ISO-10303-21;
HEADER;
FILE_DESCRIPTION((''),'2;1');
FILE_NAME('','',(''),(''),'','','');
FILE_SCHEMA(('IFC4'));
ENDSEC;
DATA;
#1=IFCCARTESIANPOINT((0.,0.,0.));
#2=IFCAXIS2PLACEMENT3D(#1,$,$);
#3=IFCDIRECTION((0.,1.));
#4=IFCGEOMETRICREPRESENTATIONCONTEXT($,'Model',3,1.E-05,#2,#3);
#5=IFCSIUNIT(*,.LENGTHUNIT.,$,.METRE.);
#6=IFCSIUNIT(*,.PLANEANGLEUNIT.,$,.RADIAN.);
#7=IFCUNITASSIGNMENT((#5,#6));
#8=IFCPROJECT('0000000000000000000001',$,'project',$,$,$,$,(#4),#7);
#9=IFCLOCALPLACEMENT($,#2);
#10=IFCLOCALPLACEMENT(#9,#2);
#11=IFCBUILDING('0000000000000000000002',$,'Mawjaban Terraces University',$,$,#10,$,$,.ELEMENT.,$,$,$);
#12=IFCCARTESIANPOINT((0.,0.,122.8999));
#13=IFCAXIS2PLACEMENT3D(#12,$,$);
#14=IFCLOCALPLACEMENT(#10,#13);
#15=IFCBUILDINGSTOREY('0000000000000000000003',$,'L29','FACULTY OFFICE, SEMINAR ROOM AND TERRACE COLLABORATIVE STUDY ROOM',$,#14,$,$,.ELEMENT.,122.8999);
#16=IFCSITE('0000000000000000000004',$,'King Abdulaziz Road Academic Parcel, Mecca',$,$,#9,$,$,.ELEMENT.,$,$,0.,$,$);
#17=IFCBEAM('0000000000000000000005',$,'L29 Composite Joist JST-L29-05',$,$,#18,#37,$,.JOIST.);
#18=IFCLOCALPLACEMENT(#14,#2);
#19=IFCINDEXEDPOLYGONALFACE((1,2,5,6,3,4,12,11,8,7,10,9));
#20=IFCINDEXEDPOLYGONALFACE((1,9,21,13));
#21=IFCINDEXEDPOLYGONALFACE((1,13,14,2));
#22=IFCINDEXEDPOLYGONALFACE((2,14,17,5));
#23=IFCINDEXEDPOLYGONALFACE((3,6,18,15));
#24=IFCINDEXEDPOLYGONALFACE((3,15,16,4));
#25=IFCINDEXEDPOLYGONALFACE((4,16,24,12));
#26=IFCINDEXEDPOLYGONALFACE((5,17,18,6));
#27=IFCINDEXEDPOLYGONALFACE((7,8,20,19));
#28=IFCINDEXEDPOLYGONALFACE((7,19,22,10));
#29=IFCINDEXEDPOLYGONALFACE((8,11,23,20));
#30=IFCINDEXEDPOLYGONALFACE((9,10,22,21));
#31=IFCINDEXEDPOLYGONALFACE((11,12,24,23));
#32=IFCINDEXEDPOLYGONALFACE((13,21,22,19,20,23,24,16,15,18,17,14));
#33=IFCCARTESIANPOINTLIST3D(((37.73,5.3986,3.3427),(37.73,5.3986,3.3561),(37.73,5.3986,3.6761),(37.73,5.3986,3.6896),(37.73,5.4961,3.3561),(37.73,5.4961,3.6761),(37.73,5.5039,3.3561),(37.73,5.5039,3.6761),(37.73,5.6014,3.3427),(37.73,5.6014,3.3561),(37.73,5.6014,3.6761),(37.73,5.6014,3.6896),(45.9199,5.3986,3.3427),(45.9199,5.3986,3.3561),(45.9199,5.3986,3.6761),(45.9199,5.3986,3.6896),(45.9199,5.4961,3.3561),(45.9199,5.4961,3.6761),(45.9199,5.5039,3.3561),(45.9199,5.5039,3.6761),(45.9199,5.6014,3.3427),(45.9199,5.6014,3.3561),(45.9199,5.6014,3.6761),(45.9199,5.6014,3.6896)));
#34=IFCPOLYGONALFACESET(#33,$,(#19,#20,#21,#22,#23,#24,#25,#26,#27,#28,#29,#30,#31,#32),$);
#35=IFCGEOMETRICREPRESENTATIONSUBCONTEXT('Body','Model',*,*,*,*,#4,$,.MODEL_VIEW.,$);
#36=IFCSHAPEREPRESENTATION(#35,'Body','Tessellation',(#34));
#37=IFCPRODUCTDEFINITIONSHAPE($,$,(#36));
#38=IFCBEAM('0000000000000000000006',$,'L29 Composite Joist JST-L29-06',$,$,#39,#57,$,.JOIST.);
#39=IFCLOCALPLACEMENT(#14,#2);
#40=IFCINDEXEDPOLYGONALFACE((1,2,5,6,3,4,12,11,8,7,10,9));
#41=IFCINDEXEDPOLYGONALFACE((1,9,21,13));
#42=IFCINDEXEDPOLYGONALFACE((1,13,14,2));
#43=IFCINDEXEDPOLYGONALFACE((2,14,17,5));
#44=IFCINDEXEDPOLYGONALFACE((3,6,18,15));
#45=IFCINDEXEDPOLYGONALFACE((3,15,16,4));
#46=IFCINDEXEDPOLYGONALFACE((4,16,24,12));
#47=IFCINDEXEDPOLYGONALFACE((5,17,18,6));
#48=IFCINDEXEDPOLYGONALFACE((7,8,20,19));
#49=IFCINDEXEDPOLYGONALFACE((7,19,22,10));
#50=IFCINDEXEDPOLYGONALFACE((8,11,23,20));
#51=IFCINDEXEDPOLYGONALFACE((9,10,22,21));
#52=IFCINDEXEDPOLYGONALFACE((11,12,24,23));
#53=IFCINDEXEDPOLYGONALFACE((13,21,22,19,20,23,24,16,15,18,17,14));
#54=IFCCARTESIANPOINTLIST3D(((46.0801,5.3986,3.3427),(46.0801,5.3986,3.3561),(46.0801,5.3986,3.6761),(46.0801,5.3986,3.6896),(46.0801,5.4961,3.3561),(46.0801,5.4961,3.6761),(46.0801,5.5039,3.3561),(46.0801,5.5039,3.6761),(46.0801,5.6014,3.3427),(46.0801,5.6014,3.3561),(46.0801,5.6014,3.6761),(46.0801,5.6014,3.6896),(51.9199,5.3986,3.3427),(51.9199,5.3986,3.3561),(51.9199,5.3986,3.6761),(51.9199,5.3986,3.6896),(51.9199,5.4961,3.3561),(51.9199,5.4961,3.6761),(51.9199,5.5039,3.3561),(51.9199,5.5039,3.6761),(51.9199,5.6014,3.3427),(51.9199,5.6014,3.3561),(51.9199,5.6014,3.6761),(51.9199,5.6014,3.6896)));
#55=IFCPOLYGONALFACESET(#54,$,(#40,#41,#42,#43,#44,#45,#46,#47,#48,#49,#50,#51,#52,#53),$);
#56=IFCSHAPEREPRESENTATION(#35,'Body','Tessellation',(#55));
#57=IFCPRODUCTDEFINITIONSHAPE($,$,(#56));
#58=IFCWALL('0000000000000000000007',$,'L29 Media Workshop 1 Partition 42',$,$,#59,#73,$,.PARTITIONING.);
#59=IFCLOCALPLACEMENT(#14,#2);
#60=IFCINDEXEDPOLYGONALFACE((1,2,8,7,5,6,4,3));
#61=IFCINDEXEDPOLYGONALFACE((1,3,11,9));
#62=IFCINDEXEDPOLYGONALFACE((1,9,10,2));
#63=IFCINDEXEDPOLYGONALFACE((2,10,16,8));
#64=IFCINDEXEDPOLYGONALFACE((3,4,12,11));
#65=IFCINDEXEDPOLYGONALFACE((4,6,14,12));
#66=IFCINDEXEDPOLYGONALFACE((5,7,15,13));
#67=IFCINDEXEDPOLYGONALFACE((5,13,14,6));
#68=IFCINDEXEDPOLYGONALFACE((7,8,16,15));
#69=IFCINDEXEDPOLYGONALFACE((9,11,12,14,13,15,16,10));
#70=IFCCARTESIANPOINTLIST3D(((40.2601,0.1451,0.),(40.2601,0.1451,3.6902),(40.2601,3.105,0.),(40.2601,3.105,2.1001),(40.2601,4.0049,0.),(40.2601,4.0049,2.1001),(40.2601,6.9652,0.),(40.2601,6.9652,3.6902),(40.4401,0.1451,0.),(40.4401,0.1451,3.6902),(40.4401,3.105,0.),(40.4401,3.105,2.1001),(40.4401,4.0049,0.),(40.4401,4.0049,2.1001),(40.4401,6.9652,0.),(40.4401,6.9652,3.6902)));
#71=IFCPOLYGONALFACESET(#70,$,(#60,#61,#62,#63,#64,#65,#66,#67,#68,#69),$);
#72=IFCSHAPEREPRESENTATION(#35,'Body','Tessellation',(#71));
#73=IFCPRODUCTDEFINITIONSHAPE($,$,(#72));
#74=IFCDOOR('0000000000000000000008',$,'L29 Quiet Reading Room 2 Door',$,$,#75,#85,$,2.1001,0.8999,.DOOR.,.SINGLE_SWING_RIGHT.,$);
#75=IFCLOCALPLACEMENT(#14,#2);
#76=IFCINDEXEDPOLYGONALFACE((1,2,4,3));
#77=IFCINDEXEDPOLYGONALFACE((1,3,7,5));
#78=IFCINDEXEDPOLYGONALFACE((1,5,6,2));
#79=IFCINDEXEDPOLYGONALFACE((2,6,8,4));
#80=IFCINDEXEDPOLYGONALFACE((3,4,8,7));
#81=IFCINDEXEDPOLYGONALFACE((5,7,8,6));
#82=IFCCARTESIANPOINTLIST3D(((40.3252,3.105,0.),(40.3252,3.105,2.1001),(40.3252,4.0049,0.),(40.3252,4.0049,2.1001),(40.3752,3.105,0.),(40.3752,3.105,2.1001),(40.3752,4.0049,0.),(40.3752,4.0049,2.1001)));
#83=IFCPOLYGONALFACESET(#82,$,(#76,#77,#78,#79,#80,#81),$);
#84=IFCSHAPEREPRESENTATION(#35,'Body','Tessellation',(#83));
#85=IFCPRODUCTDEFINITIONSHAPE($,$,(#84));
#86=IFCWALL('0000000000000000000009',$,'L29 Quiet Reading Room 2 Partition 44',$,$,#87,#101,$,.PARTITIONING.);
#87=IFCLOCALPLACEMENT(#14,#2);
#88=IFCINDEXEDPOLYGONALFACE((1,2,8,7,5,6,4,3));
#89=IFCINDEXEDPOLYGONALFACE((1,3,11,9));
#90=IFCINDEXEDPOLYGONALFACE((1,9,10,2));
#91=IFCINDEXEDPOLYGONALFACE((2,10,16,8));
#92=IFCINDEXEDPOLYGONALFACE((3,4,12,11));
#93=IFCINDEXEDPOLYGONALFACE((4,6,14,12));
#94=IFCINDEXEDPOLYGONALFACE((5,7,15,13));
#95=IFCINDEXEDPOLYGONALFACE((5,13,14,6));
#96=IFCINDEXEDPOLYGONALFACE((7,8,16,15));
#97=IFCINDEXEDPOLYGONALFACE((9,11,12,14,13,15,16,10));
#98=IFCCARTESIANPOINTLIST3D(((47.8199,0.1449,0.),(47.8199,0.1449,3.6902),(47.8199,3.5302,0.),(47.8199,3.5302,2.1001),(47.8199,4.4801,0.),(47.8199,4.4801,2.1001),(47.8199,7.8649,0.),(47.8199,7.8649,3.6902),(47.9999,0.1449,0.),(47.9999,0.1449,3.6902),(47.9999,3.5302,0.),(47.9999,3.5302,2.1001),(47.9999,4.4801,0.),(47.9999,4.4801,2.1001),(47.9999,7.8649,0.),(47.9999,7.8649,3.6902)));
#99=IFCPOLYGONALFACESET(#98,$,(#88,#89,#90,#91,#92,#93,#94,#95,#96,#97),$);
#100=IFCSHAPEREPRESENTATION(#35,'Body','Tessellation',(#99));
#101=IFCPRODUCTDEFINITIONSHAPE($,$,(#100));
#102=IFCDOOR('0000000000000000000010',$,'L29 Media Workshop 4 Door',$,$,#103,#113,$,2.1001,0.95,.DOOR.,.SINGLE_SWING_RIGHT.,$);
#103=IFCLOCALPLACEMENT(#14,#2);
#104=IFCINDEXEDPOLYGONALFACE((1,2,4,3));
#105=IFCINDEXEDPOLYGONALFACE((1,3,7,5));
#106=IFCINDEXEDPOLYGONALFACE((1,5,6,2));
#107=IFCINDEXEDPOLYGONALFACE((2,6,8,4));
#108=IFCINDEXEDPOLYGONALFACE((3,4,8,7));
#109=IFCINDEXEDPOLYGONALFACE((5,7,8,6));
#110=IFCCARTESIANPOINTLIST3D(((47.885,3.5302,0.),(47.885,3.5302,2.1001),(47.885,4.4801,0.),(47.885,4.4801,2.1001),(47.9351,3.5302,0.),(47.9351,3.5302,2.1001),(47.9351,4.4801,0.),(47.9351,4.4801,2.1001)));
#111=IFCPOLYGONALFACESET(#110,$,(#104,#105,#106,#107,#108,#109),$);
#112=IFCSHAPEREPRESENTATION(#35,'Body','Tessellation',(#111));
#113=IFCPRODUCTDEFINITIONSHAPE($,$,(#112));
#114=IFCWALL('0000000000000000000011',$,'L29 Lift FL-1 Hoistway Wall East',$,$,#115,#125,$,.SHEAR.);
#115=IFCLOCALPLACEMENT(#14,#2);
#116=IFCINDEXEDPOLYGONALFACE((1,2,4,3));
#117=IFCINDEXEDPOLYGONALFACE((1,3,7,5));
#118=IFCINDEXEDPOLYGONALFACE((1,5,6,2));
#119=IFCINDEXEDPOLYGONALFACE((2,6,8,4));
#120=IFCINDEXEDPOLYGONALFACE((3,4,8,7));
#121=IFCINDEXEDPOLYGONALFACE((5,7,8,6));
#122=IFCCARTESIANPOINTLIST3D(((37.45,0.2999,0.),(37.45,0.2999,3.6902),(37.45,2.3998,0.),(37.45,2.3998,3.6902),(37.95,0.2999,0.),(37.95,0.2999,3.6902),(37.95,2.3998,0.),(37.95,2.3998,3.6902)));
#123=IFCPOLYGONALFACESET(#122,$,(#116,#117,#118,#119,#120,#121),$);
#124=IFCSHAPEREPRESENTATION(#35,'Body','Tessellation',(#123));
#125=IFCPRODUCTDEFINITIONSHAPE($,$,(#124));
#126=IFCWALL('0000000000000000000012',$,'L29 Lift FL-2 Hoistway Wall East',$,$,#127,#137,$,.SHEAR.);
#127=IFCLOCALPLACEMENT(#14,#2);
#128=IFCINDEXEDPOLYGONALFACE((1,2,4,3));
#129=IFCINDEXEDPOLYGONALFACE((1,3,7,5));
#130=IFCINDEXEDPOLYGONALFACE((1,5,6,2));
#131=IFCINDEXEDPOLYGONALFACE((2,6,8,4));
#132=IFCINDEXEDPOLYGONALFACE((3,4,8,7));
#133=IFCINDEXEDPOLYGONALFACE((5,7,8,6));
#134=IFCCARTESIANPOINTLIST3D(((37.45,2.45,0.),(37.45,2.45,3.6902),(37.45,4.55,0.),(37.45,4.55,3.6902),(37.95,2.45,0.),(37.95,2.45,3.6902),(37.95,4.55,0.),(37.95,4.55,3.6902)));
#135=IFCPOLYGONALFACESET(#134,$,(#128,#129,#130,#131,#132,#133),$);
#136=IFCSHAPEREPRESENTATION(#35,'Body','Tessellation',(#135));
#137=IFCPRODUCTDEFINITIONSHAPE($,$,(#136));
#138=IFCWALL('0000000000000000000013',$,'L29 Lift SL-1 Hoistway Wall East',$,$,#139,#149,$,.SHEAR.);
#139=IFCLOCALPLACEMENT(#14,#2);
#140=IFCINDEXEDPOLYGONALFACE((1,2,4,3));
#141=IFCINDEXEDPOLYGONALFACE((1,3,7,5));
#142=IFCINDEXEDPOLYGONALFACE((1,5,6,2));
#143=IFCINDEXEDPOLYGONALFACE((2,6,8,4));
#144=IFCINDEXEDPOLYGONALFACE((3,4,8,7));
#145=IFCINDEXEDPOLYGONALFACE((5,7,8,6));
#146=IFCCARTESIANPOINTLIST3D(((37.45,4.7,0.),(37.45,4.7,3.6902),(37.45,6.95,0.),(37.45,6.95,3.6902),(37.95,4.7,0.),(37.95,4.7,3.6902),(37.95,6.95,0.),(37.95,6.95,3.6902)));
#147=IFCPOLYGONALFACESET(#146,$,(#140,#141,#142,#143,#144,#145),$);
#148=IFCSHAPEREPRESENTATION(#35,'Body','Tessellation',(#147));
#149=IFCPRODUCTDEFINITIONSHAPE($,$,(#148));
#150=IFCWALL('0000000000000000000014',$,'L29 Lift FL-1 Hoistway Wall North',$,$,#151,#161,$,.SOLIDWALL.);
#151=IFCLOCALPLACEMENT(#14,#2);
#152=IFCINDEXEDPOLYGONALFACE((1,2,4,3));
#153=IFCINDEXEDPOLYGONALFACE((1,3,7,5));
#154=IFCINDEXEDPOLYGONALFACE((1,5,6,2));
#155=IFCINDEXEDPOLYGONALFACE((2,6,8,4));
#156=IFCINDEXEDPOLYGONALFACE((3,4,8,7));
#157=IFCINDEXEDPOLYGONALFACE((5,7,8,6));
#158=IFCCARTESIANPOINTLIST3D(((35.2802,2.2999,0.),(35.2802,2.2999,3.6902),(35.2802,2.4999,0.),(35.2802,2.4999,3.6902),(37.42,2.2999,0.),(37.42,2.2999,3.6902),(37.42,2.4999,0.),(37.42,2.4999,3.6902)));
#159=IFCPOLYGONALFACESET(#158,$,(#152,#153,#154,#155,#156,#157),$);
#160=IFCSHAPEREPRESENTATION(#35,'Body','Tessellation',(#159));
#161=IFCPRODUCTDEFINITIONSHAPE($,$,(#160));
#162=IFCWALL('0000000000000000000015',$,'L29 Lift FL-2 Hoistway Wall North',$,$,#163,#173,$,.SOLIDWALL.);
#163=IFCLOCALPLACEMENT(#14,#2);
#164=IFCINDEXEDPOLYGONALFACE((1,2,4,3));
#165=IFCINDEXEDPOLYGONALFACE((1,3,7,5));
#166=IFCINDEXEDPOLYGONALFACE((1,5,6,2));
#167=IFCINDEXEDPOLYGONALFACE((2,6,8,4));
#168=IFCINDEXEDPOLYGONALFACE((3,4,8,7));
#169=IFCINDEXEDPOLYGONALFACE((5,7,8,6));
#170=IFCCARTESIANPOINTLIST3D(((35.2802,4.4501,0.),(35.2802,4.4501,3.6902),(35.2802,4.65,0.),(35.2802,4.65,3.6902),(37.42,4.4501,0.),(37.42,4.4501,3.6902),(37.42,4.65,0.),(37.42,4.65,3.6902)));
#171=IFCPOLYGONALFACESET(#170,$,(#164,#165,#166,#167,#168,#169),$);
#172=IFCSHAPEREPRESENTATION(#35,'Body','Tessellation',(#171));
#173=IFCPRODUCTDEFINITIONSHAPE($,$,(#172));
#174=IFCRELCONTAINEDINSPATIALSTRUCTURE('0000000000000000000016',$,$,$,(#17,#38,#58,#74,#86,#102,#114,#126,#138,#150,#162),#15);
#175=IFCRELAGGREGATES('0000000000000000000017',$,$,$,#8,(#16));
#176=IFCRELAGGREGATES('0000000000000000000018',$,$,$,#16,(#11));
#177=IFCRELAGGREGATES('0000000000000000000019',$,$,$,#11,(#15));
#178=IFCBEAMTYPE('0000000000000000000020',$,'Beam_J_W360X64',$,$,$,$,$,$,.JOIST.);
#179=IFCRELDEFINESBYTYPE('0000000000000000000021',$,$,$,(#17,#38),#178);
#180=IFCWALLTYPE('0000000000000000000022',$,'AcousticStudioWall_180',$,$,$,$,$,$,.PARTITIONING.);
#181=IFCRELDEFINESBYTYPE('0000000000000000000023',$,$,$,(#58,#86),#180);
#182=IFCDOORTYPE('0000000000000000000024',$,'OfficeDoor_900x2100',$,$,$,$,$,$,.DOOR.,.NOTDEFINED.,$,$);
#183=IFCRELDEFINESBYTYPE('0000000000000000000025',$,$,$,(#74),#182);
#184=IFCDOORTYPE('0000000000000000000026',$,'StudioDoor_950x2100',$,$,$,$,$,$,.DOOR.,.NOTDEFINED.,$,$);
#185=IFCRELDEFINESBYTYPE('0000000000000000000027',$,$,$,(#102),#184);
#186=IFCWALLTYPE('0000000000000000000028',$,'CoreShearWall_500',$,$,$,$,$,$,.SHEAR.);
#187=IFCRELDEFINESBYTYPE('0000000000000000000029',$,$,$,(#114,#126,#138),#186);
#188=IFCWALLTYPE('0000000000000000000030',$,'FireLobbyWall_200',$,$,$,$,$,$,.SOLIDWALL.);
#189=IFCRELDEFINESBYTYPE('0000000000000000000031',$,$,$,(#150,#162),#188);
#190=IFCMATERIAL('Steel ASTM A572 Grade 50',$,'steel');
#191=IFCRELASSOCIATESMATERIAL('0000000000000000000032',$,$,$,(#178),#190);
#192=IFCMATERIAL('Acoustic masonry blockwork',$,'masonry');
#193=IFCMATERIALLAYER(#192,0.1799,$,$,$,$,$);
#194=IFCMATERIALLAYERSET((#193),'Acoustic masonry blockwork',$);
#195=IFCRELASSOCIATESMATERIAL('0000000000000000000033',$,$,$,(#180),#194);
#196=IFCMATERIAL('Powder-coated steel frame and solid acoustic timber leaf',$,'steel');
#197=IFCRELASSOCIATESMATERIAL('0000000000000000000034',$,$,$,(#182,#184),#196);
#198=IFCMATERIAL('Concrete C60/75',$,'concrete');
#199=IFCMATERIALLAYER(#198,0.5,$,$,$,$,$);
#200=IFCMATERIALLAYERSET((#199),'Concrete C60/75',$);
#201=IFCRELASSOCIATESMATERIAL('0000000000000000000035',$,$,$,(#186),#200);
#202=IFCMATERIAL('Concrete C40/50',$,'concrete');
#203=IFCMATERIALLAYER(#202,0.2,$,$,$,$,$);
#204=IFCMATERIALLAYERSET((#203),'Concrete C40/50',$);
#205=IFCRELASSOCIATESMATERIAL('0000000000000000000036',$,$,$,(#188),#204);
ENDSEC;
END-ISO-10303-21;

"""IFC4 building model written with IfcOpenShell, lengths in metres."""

from ifc_helpers import new_model, si_unit, direction, frame, frame_2d, origin, origin_2d, place, context, subcontext, project, spatial, rectangle, i_section, extrude, material, layer, layer_set, material_profile, profile_set, type_object, element, fill, save


model = new_model("IFC4")

# Units and contexts
model_context = context("Model", 3, precision=1e-05, world=origin(), true_north=direction((0.0, 1.0)))
body_context = subcontext(model_context, "Body", "Model", "MODEL_VIEW")
ifc_project = project(units=[si_unit("LENGTHUNIT", "METRE"), si_unit("PLANEANGLEUNIT", "RADIAN")], contexts=[model_context])

# Site, building, storey
site_placement = place(None, origin())
site = spatial("IfcSite", under=ifc_project, at=site_placement, Name="King Abdulaziz Road Academic Parcel, Mecca", CompositionType="ELEMENT", RefElevation=0.0)
building_placement = place(site_placement, origin())
building = spatial("IfcBuilding", under=site, at=building_placement, Name="Mawjaban Terraces University", CompositionType="ELEMENT")
storey_placement = place(building_placement, frame((0.0, 0.0, 122.8999)))
storey = spatial("IfcBuildingStorey", under=building, at=storey_placement, Name="L29", Description="FACULTY OFFICE, SEMINAR ROOM AND TERRACE COLLABORATIVE STUDY ROOM", CompositionType="ELEMENT", Elevation=122.8999)

# Shared definitions
ifc_material_1 = material(Name="Concrete C60/75", Category="concrete")

# Beams
ifc_material_2 = material(Name="Steel ASTM A572 Grade 50", Category="steel")
ifc_material_profile_1 = material_profile(ifc_material_2, i_section(OverallWidth=0.2029, OverallDepth=0.3469, WebThickness=0.0078, FlangeThickness=0.0134, at=origin_2d()), Name="W360X64")
ifc_profile_set_1 = profile_set([ifc_material_profile_1], Name="Steel ASTM A572 Grade 50")
beam_type_1 = type_object("IfcBeamType", Name="Beam_J_W360X64", PredefinedType="JOIST", material=ifc_profile_set_1)
beam_1_placement = place(storey_placement, frame((37.73, 5.5, 3.5161), z_axis=(1.0, 0.0, 0.0), x_axis=(0.0, 1.0, 0.0)))
element("IfcBeam", 1, at=beam_1_placement, inside=storey, type_object=beam_type_1, Name="L29 Composite Joist JST-L29-05", PredefinedType="JOIST", context=body_context, shape_type="SweptSolid", body=[
    extrude(i_section(OverallWidth=0.2029, OverallDepth=0.3469, WebThickness=0.0078, FlangeThickness=0.0134, at=origin_2d()), origin(), (0.0, 0.0, 1.0), 8.1899),
])
beam_2_placement = place(storey_placement, frame((46.0801, 5.5, 3.5161), z_axis=(1.0, 0.0, 0.0), x_axis=(0.0, 1.0, 0.0)))
element("IfcBeam", 2, at=beam_2_placement, inside=storey, type_object=beam_type_1, Name="L29 Composite Joist JST-L29-06", PredefinedType="JOIST", context=body_context, shape_type="SweptSolid", body=[
    extrude(i_section(OverallWidth=0.2029, OverallDepth=0.3469, WebThickness=0.0078, FlangeThickness=0.0134, at=origin_2d()), origin(), (0.0, 0.0, 1.0), 5.8398),
])

# Walls, openings, doors
ifc_material_3 = material(Name="Acoustic masonry blockwork", Category="masonry")
ifc_layer_1 = layer(ifc_material_3, 0.1799)
ifc_layer_set_1 = layer_set([ifc_layer_1], Name="Acoustic masonry blockwork")
wall_type_1 = type_object("IfcWallType", Name="AcousticStudioWall_180", PredefinedType="PARTITIONING", material=ifc_layer_set_1)
wall_1_placement = place(storey_placement, frame((40.3501, 0.145, 0.0), z_axis=(0.0, 0.0, 1.0), x_axis=(0.0, 1.0, 0.0)))
wall_1 = element("IfcWall", 3, at=wall_1_placement, inside=storey, type_object=wall_type_1, Name="L29 Media Workshop 1 Partition 42", PredefinedType="PARTITIONING", context=body_context, shape_type="SweptSolid", body=[
    extrude(rectangle(XDim=6.8201, YDim=0.1799, at=frame_2d((3.4102, 0.0))), origin(), (0.0, 0.0, 1.0), 3.6902),
])
opening_1_placement = place(wall_1_placement, frame((2.96, 0.0, 0.0)))
opening_1 = element("IfcOpeningElement", 4, at=opening_1_placement, cuts=wall_1, PredefinedType="OPENING", context=body_context, shape_type="SweptSolid", body=[
    extrude(rectangle(XDim=0.8999, YDim=2.1001, at=frame_2d((0.45, 1.05))), frame((0.0, 0.0999, 0.0), z_axis=(0.0, -1.0, 0.0), x_axis=(1.0, 0.0, 0.0)), (0.0, 0.0, 1.0), 0.2),
])
ifc_material_4 = material(Name="Powder-coated steel frame and solid acoustic timber leaf", Category="steel")
door_type_1 = type_object("IfcDoorType", Name="OfficeDoor_900x2100", OperationType="NOTDEFINED", PredefinedType="DOOR", material=ifc_material_4)
door_1_placement = place(opening_1_placement, origin())
door_1 = element("IfcDoor", 5, at=door_1_placement, inside=storey, type_object=door_type_1, Name="L29 Quiet Reading Room 2 Door", OperationType="SINGLE_SWING_RIGHT", OverallHeight=2.1001, OverallWidth=0.8999, PredefinedType="DOOR", context=body_context, shape_type="SweptSolid", body=[
    extrude(rectangle(XDim=0.8999, YDim=2.1001, at=frame_2d((0.45, 1.05))), frame((0.0, 0.0249, 0.0), z_axis=(0.0, -1.0, 0.0), x_axis=(1.0, 0.0, 0.0)), (0.0, 0.0, 1.0), 0.05),
])
fill(opening_1, door_1)
wall_2_placement = place(storey_placement, frame((47.9099, 0.145, 0.0), z_axis=(0.0, 0.0, 1.0), x_axis=(0.0, 1.0, 0.0)))
wall_2 = element("IfcWall", 6, at=wall_2_placement, inside=storey, type_object=wall_type_1, Name="L29 Quiet Reading Room 2 Partition 44", PredefinedType="PARTITIONING", context=body_context, shape_type="SweptSolid", body=[
    extrude(rectangle(XDim=7.72, YDim=0.1799, at=frame_2d((3.8599, 0.0))), origin(), (0.0, 0.0, 1.0), 3.6902),
])
opening_2_placement = place(wall_2_placement, frame((3.385, 0.0, 0.0)))
opening_2 = element("IfcOpeningElement", 7, at=opening_2_placement, cuts=wall_2, PredefinedType="OPENING", context=body_context, shape_type="SweptSolid", body=[
    extrude(rectangle(XDim=0.95, YDim=2.1001, at=frame_2d((0.4751, 1.05))), frame((0.0, 0.0999, 0.0), z_axis=(0.0, -1.0, 0.0), x_axis=(1.0, 0.0, 0.0)), (0.0, 0.0, 1.0), 0.2),
])
door_type_2 = type_object("IfcDoorType", Name="StudioDoor_950x2100", OperationType="NOTDEFINED", PredefinedType="DOOR", material=ifc_material_4)
door_2_placement = place(opening_2_placement, origin())
door_2 = element("IfcDoor", 8, at=door_2_placement, inside=storey, type_object=door_type_2, Name="L29 Media Workshop 4 Door", OperationType="SINGLE_SWING_RIGHT", OverallHeight=2.1001, OverallWidth=0.95, PredefinedType="DOOR", context=body_context, shape_type="SweptSolid", body=[
    extrude(rectangle(XDim=0.95, YDim=2.1001, at=frame_2d((0.4751, 1.05))), frame((0.0, 0.0249, 0.0), z_axis=(0.0, -1.0, 0.0), x_axis=(1.0, 0.0, 0.0)), (0.0, 0.0, 1.0), 0.05),
])
fill(opening_2, door_2)

# Walls
ifc_layer_2 = layer(ifc_material_1, 0.5)
ifc_layer_set_2 = layer_set([ifc_layer_2], Name="Concrete C60/75")
wall_type_2 = type_object("IfcWallType", Name="CoreShearWall_500", PredefinedType="SHEAR", material=ifc_layer_set_2)
wall_3_placement = place(storey_placement, frame((37.7, 0.3, 0.0), z_axis=(0.0, 0.0, 1.0), x_axis=(0.0, 1.0, 0.0)))
element("IfcWall", 9, at=wall_3_placement, inside=storey, type_object=wall_type_2, Name="L29 Lift FL-1 Hoistway Wall East", PredefinedType="SHEAR", context=body_context, shape_type="SweptSolid", body=[
    extrude(rectangle(XDim=2.0999, YDim=0.5, at=frame_2d((1.0498, 0.0))), origin(), (0.0, 0.0, 1.0), 3.6902),
])
wall_4_placement = place(storey_placement, frame((37.7, 2.45, 0.0), z_axis=(0.0, 0.0, 1.0), x_axis=(0.0, 1.0, 0.0)))
element("IfcWall", 10, at=wall_4_placement, inside=storey, type_object=wall_type_2, Name="L29 Lift FL-2 Hoistway Wall East", PredefinedType="SHEAR", context=body_context, shape_type="SweptSolid", body=[
    extrude(rectangle(XDim=2.1001, YDim=0.5, at=frame_2d((1.05, 0.0))), origin(), (0.0, 0.0, 1.0), 3.6902),
])
wall_5_placement = place(storey_placement, frame((37.7, 4.7, 0.0), z_axis=(0.0, 0.0, 1.0), x_axis=(0.0, 1.0, 0.0)))
element("IfcWall", 11, at=wall_5_placement, inside=storey, type_object=wall_type_2, Name="L29 Lift SL-1 Hoistway Wall East", PredefinedType="SHEAR", context=body_context, shape_type="SweptSolid", body=[
    extrude(rectangle(XDim=2.25, YDim=0.5, at=frame_2d((1.125, 0.0))), origin(), (0.0, 0.0, 1.0), 3.6902),
])
ifc_material_5 = material(Name="Concrete C40/50", Category="concrete")
ifc_layer_3 = layer(ifc_material_5, 0.2)
ifc_layer_set_3 = layer_set([ifc_layer_3], Name="Concrete C40/50")
wall_type_3 = type_object("IfcWallType", Name="FireLobbyWall_200", PredefinedType="SOLIDWALL", material=ifc_layer_set_3)
for number, where, z_axis, x_axis, name in (
    (12, (37.4199, 2.3999, 0.0), (0.0, 0.0, 1.0), (-1.0, 0.0, 0.0), "L29 Lift FL-1 Hoistway Wall North"),
    (13, (37.4199, 4.55, 0.0), (0.0, 0.0, 1.0), (-1.0, 0.0, 0.0), "L29 Lift FL-2 Hoistway Wall North"),
):
    element("IfcWall", number, at=place(storey_placement, frame(where, z_axis=z_axis, x_axis=x_axis)), inside=storey, type_object=wall_type_3, Name=name, PredefinedType="SOLIDWALL", context=body_context, shape_type="SweptSolid", body=[
        extrude(rectangle(XDim=2.1399, YDim=0.2, at=frame_2d((1.0698, 0.0))), origin(), (0.0, 0.0, 1.0), 3.6902),
    ])

save(model, "model.ifc")
